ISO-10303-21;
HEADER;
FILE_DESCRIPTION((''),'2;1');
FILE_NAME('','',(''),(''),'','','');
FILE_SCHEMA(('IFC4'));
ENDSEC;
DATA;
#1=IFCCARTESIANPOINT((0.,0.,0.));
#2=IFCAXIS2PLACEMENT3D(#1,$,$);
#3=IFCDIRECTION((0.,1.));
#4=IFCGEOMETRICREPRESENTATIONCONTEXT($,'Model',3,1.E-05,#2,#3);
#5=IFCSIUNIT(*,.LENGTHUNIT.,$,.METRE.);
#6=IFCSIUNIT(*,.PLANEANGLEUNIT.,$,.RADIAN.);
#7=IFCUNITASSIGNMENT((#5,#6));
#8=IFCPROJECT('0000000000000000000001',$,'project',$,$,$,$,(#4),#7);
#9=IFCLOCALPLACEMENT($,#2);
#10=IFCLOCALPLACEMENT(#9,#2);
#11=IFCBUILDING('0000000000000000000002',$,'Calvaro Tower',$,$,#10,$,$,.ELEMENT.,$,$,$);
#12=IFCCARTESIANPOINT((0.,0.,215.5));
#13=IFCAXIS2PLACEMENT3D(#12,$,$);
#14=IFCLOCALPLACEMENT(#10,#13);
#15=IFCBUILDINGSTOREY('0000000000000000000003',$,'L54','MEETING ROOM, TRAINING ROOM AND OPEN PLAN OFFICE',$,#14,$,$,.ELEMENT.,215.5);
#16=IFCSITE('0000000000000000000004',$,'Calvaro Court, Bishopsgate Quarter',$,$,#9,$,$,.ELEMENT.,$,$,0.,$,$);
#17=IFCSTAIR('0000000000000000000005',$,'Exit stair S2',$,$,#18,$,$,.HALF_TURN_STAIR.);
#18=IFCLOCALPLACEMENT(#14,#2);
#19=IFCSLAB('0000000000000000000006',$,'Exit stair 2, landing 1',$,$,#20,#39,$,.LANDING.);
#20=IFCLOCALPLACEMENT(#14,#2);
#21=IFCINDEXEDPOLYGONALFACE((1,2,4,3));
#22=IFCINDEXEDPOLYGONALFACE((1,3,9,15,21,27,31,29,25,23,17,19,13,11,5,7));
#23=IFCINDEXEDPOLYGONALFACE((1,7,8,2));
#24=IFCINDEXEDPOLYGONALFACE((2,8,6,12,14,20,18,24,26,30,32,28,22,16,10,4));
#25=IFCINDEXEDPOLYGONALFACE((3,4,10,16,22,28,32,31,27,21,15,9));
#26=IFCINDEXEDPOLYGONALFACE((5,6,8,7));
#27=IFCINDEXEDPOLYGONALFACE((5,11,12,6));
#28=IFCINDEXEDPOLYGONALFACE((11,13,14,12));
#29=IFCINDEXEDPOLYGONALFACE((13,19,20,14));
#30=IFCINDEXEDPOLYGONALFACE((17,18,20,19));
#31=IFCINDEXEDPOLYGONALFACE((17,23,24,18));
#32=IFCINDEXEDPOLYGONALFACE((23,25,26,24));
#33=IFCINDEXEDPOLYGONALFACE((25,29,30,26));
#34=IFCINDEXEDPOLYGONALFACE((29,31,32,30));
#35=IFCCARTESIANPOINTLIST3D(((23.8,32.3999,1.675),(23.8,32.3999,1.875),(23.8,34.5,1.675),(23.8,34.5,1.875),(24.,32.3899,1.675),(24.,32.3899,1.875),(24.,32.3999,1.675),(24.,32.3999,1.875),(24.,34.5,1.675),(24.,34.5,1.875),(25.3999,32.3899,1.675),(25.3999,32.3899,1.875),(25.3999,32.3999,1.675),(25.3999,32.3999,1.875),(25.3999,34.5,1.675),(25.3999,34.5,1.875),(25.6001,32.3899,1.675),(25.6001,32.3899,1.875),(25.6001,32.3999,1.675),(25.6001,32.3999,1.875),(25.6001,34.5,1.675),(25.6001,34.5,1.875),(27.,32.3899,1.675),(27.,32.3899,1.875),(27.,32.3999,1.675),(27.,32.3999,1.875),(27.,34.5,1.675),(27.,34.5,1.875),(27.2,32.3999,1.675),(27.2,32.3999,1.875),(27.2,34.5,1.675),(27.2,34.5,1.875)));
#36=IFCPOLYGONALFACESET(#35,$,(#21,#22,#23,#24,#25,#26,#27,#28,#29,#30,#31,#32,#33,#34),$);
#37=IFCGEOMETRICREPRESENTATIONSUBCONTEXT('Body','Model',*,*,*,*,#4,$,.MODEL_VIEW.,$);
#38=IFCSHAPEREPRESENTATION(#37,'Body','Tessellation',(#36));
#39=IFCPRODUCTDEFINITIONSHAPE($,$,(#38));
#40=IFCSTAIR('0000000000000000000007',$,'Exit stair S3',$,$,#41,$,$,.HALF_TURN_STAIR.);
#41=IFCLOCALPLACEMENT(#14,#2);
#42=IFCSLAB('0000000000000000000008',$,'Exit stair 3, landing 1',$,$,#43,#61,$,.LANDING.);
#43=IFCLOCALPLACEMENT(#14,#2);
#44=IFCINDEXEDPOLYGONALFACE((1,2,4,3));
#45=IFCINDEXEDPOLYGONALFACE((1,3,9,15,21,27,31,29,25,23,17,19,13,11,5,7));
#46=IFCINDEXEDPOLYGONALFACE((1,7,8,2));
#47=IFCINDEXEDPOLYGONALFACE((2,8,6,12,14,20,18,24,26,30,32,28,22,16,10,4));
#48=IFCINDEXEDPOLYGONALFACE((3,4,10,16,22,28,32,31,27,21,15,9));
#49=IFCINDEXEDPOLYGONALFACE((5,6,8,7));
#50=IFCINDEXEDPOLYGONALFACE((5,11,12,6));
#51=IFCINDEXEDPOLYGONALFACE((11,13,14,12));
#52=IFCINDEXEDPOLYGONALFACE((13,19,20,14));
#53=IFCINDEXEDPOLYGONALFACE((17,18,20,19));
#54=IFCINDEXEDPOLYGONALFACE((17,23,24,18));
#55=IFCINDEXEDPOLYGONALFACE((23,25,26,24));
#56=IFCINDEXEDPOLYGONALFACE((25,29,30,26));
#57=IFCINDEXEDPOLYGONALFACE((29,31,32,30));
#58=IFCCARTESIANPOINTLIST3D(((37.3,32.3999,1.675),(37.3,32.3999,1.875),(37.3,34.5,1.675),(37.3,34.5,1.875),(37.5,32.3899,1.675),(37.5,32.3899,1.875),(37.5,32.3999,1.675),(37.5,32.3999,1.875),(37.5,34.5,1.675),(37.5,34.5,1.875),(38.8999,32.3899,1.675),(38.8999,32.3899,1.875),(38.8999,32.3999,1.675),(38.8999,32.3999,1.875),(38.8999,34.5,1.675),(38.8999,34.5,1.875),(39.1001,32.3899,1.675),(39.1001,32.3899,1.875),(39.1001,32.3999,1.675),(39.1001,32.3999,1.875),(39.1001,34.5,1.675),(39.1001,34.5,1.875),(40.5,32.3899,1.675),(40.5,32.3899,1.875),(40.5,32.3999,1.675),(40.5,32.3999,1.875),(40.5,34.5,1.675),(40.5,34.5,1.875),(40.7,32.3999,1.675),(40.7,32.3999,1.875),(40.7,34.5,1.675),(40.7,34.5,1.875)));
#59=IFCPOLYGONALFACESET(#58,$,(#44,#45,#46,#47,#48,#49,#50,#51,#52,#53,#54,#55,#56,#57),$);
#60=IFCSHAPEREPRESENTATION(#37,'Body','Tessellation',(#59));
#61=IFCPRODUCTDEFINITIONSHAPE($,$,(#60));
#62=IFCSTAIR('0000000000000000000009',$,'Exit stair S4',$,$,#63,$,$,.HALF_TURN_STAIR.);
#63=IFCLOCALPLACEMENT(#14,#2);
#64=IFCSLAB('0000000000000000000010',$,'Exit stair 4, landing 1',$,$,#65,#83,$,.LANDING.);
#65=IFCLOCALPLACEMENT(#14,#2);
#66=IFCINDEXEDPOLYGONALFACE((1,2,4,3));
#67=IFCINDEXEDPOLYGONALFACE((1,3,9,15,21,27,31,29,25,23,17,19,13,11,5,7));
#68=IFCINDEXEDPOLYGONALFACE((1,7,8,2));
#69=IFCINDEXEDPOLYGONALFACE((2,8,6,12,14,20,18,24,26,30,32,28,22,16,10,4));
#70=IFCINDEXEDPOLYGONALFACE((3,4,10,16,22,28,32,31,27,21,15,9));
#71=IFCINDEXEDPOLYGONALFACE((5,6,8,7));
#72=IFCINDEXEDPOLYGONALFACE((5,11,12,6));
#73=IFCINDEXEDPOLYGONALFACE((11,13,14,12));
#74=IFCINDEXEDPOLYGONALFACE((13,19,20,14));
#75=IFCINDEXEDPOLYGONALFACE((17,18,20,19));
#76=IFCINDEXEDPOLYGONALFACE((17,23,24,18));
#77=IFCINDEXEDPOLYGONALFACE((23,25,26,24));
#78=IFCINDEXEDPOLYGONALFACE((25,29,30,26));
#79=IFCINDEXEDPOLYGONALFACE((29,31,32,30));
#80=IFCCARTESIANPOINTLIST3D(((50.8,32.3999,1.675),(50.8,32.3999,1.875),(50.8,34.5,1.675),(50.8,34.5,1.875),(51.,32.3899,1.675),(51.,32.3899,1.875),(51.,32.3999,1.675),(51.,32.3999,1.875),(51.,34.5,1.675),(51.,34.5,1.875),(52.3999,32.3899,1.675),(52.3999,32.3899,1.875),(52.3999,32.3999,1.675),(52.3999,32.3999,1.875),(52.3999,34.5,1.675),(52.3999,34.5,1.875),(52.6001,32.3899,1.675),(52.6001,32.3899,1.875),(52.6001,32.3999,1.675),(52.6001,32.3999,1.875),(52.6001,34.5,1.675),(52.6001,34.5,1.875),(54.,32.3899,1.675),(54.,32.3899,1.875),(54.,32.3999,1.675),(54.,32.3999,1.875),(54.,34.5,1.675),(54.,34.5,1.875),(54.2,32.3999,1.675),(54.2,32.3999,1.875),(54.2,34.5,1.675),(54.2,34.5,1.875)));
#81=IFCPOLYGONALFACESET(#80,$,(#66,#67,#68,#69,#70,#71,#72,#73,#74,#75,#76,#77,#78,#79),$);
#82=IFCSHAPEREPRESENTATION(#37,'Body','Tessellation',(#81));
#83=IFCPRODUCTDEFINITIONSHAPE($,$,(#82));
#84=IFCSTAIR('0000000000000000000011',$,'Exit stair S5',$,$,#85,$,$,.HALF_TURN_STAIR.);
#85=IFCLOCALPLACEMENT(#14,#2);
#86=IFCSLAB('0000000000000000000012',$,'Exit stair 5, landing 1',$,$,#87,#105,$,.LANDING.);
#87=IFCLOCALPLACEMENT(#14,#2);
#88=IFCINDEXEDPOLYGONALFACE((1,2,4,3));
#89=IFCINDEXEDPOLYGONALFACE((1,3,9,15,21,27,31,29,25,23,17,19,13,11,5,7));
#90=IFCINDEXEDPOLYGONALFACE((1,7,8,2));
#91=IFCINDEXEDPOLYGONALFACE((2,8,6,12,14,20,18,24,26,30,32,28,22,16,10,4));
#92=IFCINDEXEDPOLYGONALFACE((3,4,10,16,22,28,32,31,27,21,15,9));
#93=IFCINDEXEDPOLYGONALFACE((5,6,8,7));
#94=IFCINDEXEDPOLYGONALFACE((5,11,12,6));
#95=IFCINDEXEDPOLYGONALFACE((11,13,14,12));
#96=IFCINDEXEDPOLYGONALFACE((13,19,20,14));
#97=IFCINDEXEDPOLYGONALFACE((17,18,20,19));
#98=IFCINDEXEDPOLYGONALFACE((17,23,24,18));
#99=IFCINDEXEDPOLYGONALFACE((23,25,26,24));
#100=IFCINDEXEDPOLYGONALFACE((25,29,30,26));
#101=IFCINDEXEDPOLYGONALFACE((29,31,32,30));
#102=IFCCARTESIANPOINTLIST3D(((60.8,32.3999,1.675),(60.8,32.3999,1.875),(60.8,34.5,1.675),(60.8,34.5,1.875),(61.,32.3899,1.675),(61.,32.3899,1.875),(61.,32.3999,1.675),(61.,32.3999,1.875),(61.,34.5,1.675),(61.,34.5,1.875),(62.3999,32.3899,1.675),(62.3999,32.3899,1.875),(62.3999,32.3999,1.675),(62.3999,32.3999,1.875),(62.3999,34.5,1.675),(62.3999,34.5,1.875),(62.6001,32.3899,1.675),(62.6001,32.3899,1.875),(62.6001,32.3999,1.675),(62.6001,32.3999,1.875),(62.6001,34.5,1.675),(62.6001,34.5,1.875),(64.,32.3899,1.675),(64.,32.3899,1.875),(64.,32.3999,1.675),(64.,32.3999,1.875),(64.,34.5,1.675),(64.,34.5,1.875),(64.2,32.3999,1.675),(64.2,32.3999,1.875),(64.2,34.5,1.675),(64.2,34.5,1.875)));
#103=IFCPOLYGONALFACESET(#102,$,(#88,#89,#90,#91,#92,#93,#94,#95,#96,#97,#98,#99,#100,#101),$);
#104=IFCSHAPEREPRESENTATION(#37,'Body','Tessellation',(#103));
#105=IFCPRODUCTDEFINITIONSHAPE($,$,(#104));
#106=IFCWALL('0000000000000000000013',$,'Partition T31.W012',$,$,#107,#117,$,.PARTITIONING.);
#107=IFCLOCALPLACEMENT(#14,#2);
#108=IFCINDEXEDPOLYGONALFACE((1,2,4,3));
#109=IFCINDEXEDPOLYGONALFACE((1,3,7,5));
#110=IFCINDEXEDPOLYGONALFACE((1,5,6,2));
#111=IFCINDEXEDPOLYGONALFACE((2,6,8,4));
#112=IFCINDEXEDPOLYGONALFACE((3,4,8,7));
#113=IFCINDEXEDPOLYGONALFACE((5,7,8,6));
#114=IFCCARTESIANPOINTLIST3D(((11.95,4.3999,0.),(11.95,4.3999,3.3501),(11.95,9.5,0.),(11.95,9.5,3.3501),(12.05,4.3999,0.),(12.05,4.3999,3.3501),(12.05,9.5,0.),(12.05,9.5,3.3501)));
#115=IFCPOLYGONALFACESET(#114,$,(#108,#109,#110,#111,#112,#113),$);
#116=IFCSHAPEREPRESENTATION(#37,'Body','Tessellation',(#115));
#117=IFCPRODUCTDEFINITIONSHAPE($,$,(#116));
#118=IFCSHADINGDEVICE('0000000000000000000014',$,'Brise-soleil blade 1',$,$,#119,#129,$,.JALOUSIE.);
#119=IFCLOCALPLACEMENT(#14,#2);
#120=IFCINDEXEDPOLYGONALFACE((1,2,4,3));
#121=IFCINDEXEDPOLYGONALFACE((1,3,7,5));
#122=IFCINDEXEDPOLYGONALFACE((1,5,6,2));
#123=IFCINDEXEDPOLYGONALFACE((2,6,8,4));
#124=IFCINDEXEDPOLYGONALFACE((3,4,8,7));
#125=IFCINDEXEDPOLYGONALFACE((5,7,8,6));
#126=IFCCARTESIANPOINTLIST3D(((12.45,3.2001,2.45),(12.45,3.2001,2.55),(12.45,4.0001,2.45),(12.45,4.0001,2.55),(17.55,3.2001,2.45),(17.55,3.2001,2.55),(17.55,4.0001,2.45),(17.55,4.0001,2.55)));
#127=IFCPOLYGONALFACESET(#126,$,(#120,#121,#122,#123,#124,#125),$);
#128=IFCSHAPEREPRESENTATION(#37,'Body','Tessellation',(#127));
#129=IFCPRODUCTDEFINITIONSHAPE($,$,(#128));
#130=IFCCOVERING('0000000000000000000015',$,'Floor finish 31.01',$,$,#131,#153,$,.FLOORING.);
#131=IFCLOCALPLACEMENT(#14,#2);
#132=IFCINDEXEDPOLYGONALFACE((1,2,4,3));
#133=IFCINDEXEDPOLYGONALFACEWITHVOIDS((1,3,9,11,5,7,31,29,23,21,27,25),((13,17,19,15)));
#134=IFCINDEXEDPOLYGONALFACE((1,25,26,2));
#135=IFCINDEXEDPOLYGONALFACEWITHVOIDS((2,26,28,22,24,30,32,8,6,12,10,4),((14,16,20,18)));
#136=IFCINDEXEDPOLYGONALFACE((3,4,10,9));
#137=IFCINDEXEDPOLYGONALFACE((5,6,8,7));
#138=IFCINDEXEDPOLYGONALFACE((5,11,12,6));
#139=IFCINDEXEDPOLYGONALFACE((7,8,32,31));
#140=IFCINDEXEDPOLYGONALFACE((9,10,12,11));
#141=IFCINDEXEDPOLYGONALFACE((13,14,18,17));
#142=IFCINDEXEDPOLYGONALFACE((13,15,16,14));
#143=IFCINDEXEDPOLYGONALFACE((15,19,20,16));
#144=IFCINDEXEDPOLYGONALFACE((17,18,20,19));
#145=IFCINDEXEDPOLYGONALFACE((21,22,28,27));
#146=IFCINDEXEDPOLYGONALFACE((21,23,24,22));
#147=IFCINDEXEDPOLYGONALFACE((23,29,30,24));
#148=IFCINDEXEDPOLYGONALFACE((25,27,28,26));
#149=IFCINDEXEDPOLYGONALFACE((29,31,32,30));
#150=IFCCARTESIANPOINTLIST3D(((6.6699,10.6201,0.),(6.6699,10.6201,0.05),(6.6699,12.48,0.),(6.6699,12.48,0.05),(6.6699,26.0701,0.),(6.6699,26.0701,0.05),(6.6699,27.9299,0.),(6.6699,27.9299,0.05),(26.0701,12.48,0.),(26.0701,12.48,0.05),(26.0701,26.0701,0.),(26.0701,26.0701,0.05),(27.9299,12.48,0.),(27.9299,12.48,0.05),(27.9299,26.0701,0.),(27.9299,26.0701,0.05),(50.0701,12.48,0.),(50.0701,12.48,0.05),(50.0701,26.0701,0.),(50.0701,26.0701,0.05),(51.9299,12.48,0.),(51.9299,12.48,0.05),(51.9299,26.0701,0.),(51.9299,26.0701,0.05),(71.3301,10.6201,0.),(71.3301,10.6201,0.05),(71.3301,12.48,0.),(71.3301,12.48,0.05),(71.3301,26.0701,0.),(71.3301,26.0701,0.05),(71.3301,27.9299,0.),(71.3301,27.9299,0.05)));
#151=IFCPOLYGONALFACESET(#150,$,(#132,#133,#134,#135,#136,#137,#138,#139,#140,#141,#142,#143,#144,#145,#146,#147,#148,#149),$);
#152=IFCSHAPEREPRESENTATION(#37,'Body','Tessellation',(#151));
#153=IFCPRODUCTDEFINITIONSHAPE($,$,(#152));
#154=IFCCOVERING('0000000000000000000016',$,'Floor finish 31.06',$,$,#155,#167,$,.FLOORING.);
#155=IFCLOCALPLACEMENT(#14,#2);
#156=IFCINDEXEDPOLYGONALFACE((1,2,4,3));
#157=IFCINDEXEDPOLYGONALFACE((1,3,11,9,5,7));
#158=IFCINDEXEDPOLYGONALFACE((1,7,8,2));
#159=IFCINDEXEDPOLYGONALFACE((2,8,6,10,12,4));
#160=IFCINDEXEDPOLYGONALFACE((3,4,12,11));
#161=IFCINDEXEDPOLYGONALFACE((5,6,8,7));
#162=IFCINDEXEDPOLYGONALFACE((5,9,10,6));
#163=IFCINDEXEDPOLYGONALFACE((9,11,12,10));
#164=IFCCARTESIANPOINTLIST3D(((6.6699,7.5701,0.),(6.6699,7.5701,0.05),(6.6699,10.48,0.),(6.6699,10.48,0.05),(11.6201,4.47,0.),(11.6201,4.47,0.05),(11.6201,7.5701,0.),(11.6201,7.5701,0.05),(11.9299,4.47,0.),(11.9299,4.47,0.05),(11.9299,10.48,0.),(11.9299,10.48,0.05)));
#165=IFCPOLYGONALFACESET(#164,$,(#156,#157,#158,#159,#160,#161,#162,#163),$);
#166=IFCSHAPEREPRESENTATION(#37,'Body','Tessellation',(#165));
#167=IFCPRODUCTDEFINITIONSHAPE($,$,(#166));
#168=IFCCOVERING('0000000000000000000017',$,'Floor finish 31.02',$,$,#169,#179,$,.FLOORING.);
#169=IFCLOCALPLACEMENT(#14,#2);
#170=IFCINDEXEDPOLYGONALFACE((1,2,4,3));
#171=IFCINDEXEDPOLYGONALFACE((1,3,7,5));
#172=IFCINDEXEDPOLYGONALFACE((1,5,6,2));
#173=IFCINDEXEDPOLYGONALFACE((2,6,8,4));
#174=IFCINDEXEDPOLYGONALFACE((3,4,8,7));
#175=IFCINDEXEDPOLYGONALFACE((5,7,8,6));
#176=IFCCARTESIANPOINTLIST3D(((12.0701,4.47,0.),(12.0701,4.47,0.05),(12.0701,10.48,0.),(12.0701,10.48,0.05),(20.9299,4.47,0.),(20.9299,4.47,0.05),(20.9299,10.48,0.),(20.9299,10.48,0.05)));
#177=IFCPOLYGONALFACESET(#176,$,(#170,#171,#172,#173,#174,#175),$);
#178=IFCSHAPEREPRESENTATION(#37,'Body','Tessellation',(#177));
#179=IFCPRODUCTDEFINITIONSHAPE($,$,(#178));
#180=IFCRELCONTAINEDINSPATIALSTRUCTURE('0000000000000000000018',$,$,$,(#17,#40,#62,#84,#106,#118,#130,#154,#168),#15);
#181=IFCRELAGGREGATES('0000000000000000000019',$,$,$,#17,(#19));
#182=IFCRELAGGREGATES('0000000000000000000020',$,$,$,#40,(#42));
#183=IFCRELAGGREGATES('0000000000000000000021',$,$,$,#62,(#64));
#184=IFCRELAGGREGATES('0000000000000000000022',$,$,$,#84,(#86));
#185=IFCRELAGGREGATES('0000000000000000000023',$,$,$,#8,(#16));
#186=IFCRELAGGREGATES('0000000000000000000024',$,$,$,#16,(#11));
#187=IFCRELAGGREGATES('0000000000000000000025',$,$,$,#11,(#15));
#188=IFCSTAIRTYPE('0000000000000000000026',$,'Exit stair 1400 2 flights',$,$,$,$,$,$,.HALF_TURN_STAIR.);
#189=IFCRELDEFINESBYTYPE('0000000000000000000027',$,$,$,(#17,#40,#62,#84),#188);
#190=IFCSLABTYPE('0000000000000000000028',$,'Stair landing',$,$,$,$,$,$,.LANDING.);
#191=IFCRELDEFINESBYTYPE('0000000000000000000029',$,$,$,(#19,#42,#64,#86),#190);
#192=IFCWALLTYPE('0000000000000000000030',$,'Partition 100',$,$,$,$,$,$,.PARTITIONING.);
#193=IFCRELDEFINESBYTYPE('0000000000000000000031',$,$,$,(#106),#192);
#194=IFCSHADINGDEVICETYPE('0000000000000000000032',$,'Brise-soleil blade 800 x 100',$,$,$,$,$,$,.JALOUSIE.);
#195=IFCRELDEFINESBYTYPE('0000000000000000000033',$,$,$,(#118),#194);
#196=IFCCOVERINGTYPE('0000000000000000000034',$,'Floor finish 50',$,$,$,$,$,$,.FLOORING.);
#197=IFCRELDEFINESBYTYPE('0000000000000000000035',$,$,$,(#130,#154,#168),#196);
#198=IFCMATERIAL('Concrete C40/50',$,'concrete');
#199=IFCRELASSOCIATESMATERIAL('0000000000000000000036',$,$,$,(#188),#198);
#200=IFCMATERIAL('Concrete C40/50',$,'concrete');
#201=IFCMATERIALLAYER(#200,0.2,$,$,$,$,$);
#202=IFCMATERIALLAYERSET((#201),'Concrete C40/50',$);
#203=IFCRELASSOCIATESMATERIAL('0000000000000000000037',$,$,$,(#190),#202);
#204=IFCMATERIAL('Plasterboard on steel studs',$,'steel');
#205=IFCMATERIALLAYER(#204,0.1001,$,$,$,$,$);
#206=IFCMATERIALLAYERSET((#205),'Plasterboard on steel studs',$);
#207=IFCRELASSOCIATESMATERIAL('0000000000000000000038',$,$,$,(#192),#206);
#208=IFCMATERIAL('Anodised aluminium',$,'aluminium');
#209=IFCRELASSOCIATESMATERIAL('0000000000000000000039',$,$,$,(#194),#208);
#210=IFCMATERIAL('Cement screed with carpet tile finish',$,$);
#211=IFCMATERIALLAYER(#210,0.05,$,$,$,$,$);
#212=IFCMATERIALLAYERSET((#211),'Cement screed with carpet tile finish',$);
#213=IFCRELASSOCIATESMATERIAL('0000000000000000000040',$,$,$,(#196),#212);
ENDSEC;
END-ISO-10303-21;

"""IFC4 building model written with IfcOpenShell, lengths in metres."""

from ifc_helpers import new_model, si_unit, direction, frame, frame_2d, origin, origin_2d, place, context, subcontext, project, spatial, polyline, rectangle, outline, extrude, material, layer, layer_set, material_profile, profile_set, type_object, element, aggregate, save


model = new_model("IFC4")

# Units and contexts
model_context = context("Model", 3, precision=1e-05, world=origin(), true_north=direction((0.0, 1.0)))
body_context = subcontext(model_context, "Body", "Model", "MODEL_VIEW")
ifc_project = project(units=[si_unit("LENGTHUNIT", "METRE"), si_unit("PLANEANGLEUNIT", "RADIAN")], contexts=[model_context])

# Site, building, storey
site_placement = place(None, origin())
site = spatial("IfcSite", under=ifc_project, at=site_placement, Name="Calvaro Court, Bishopsgate Quarter", CompositionType="ELEMENT", RefElevation=0.0)
building_placement = place(site_placement, origin())
building = spatial("IfcBuilding", under=site, at=building_placement, Name="Calvaro Tower", CompositionType="ELEMENT")
storey_placement = place(building_placement, frame((0.0, 0.0, 215.5)))
storey = spatial("IfcBuildingStorey", under=building, at=storey_placement, Name="L54", Description="MEETING ROOM, TRAINING ROOM AND OPEN PLAN OFFICE", CompositionType="ELEMENT", Elevation=215.5)

# Stairs, slabs
ifc_material_1 = material(Name="Concrete C40/50", Category="concrete")
stair_type = type_object("IfcStairType", Name="Exit stair 1400 2 flights", PredefinedType="HALF_TURN_STAIR", material=ifc_material_1)
ifc_material_2 = material(Name="Concrete C40/50", Category="concrete")
ifc_layer_1 = layer(ifc_material_2, 0.2)
ifc_layer_set_1 = layer_set([ifc_layer_1], Name="Concrete C40/50")
slab_type_1 = type_object("IfcSlabType", Name="Stair landing", PredefinedType="LANDING", material=ifc_layer_set_1)
stair_1_placement = place(storey_placement, origin())
stair_1 = element("IfcStair", 1, at=stair_1_placement, inside=storey, type_object=stair_type, Name="Exit stair S2", PredefinedType="HALF_TURN_STAIR")
slab_1_placement = place(storey_placement, frame((0.0, 0.0, 1.675)))
slab_1 = element("IfcSlab", 2, at=slab_1_placement, type_object=slab_type_1, Name="Exit stair 2, landing 1", PredefinedType="LANDING", context=body_context, shape_type="SweptSolid", body=[
    extrude(outline(polyline([(25.3999, 32.3899), (24.0, 32.3899), (24.0, 32.3999), (23.8, 32.3999), (23.8, 34.5), (24.0, 34.5), (25.3999, 34.5), (25.6001, 34.5), (27.0, 34.5), (27.2, 34.5), (27.2, 32.3999), (27.0, 32.3999), (27.0, 32.3899), (25.6001, 32.3899), (25.6001, 32.3999), (25.3999, 32.3999), (25.3999, 32.3899)])), origin(), (0.0, 0.0, 1.0), 0.2),
])
aggregate(stair_1, [slab_1])
stair_2_placement = place(storey_placement, origin())
stair_2 = element("IfcStair", 3, at=stair_2_placement, inside=storey, type_object=stair_type, Name="Exit stair S3", PredefinedType="HALF_TURN_STAIR")
slab_2_placement = place(storey_placement, frame((0.0, 0.0, 1.675)))
slab_2 = element("IfcSlab", 4, at=slab_2_placement, type_object=slab_type_1, Name="Exit stair 3, landing 1", PredefinedType="LANDING", context=body_context, shape_type="SweptSolid", body=[
    extrude(outline(polyline([(38.8999, 32.3899), (37.5, 32.3899), (37.5, 32.3999), (37.3, 32.3999), (37.3, 34.5), (37.5, 34.5), (38.8999, 34.5), (39.1001, 34.5), (40.5, 34.5), (40.7, 34.5), (40.7, 32.3999), (40.5, 32.3999), (40.5, 32.3899), (39.1001, 32.3899), (39.1001, 32.3999), (38.8999, 32.3999), (38.8999, 32.3899)])), origin(), (0.0, 0.0, 1.0), 0.2),
])
aggregate(stair_2, [slab_2])
stair_3_placement = place(storey_placement, origin())
stair_3 = element("IfcStair", 5, at=stair_3_placement, inside=storey, type_object=stair_type, Name="Exit stair S4", PredefinedType="HALF_TURN_STAIR")
slab_3_placement = place(storey_placement, frame((0.0, 0.0, 1.675)))
slab_3 = element("IfcSlab", 6, at=slab_3_placement, type_object=slab_type_1, Name="Exit stair 4, landing 1", PredefinedType="LANDING", context=body_context, shape_type="SweptSolid", body=[
    extrude(outline(polyline([(52.3999, 32.3899), (51.0, 32.3899), (51.0, 32.3999), (50.8, 32.3999), (50.8, 34.5), (51.0, 34.5), (52.3999, 34.5), (52.6001, 34.5), (54.0, 34.5), (54.2, 34.5), (54.2, 32.3999), (54.0, 32.3999), (54.0, 32.3899), (52.6001, 32.3899), (52.6001, 32.3999), (52.3999, 32.3999), (52.3999, 32.3899)])), origin(), (0.0, 0.0, 1.0), 0.2),
])
aggregate(stair_3, [slab_3])
stair_4_placement = place(storey_placement, origin())
stair_4 = element("IfcStair", 7, at=stair_4_placement, inside=storey, type_object=stair_type, Name="Exit stair S5", PredefinedType="HALF_TURN_STAIR")
slab_4_placement = place(storey_placement, frame((0.0, 0.0, 1.675)))
slab_4 = element("IfcSlab", 8, at=slab_4_placement, type_object=slab_type_1, Name="Exit stair 5, landing 1", PredefinedType="LANDING", context=body_context, shape_type="SweptSolid", body=[
    extrude(outline(polyline([(62.3999, 32.3899), (61.0, 32.3899), (61.0, 32.3999), (60.8, 32.3999), (60.8, 34.5), (61.0, 34.5), (62.3999, 34.5), (62.6001, 34.5), (64.0, 34.5), (64.2, 34.5), (64.2, 32.3999), (64.0, 32.3999), (64.0, 32.3899), (62.6001, 32.3899), (62.6001, 32.3999), (62.3999, 32.3999), (62.3999, 32.3899)])), origin(), (0.0, 0.0, 1.0), 0.2),
])
aggregate(stair_4, [slab_4])

# Wall
ifc_material_3 = material(Name="Plasterboard on steel studs", Category="steel")
ifc_layer_2 = layer(ifc_material_3, 0.1001)
ifc_layer_set_2 = layer_set([ifc_layer_2], Name="Plasterboard on steel studs")
wall_type = type_object("IfcWallType", Name="Partition 100", PredefinedType="PARTITIONING", material=ifc_layer_set_2)
wall_placement = place(storey_placement, frame((12.0, 4.3999, 0.0), z_axis=(0.0, 0.0, 1.0), x_axis=(0.0, 1.0, 0.0)))
element("IfcWall", 9, at=wall_placement, inside=storey, type_object=wall_type, Name="Partition T31.W012", PredefinedType="PARTITIONING", context=body_context, shape_type="SweptSolid", body=[
    extrude(rectangle(XDim=5.1001, YDim=0.1001, at=frame_2d((2.55, 0.0))), origin(), (0.0, 0.0, 1.0), 3.3501),
])

# Shading device
ifc_material_4 = material(Name="Anodised aluminium", Category="aluminium")
ifc_material_profile_1 = material_profile(ifc_material_4, rectangle(XDim=0.8, YDim=0.1001, at=origin_2d()), Name="Brise-soleil blade 800 x 100")
ifc_profile_set_1 = profile_set([ifc_material_profile_1], Name="Anodised aluminium")
shading_device_type = type_object("IfcShadingDeviceType", Name="Brise-soleil blade 800 x 100", PredefinedType="JALOUSIE", material=ifc_profile_set_1)
shading_device_placement = place(storey_placement, frame((12.45, 3.6001, 2.5), z_axis=(1.0, 0.0, 0.0), x_axis=(0.0, 1.0, 0.0)))
element("IfcShadingDevice", 10, at=shading_device_placement, inside=storey, type_object=shading_device_type, Name="Brise-soleil blade 1", PredefinedType="JALOUSIE", context=body_context, shape_type="SweptSolid", body=[
    extrude(rectangle(XDim=0.8, YDim=0.1001, at=origin_2d()), origin(), (0.0, 0.0, 1.0), 5.1001),
])

# Coverings
ifc_material_5 = material(Name="Cement screed with carpet tile finish")
ifc_layer_3 = layer(ifc_material_5, 0.05)
ifc_layer_set_3 = layer_set([ifc_layer_3], Name="Cement screed with carpet tile finish")
covering_type = type_object("IfcCoveringType", Name="Floor finish 50", PredefinedType="FLOORING", material=ifc_layer_set_3)
covering_1_placement = place(storey_placement, origin())
element("IfcCovering", 11, at=covering_1_placement, inside=storey, type_object=covering_type, Name="Floor finish 31.01", PredefinedType="FLOORING", context=body_context, shape_type="SweptSolid", body=[
    extrude(outline(polyline([(6.6699, 10.6201), (6.6699, 12.48), (26.0701, 12.48), (26.0701, 26.0701), (6.6699, 26.0701), (6.6699, 27.9299), (71.3301, 27.9299), (71.3301, 26.0701), (51.9299, 26.0701), (51.9299, 12.48), (71.3301, 12.48), (71.3301, 10.6201), (6.6699, 10.6201)]), holes=[polyline([(50.0701, 12.48), (50.0701, 26.0701), (27.9299, 26.0701), (27.9299, 12.48), (50.0701, 12.48)])]), origin(), (0.0, 0.0, 1.0), 0.05),
])
covering_2_placement = place(storey_placement, origin())
element("IfcCovering", 12, at=covering_2_placement, inside=storey, type_object=covering_type, Name="Floor finish 31.06", PredefinedType="FLOORING", context=body_context, shape_type="SweptSolid", body=[
    extrude(outline(polyline([(11.9299, 10.48), (11.9299, 4.47), (11.6201, 4.47), (11.6201, 7.5701), (6.6699, 7.5701), (6.6699, 10.48), (11.9299, 10.48)])), origin(), (0.0, 0.0, 1.0), 0.05),
])
covering_3_placement = place(storey_placement, origin())
element("IfcCovering", 13, at=covering_3_placement, inside=storey, type_object=covering_type, Name="Floor finish 31.02", PredefinedType="FLOORING", context=body_context, shape_type="SweptSolid", body=[
    extrude(outline(polyline([(12.0701, 10.48), (20.9299, 10.48), (20.9299, 4.47), (12.0701, 4.47), (12.0701, 10.48)])), origin(), (0.0, 0.0, 1.0), 0.05),
])

save(model, "model.ifc")
